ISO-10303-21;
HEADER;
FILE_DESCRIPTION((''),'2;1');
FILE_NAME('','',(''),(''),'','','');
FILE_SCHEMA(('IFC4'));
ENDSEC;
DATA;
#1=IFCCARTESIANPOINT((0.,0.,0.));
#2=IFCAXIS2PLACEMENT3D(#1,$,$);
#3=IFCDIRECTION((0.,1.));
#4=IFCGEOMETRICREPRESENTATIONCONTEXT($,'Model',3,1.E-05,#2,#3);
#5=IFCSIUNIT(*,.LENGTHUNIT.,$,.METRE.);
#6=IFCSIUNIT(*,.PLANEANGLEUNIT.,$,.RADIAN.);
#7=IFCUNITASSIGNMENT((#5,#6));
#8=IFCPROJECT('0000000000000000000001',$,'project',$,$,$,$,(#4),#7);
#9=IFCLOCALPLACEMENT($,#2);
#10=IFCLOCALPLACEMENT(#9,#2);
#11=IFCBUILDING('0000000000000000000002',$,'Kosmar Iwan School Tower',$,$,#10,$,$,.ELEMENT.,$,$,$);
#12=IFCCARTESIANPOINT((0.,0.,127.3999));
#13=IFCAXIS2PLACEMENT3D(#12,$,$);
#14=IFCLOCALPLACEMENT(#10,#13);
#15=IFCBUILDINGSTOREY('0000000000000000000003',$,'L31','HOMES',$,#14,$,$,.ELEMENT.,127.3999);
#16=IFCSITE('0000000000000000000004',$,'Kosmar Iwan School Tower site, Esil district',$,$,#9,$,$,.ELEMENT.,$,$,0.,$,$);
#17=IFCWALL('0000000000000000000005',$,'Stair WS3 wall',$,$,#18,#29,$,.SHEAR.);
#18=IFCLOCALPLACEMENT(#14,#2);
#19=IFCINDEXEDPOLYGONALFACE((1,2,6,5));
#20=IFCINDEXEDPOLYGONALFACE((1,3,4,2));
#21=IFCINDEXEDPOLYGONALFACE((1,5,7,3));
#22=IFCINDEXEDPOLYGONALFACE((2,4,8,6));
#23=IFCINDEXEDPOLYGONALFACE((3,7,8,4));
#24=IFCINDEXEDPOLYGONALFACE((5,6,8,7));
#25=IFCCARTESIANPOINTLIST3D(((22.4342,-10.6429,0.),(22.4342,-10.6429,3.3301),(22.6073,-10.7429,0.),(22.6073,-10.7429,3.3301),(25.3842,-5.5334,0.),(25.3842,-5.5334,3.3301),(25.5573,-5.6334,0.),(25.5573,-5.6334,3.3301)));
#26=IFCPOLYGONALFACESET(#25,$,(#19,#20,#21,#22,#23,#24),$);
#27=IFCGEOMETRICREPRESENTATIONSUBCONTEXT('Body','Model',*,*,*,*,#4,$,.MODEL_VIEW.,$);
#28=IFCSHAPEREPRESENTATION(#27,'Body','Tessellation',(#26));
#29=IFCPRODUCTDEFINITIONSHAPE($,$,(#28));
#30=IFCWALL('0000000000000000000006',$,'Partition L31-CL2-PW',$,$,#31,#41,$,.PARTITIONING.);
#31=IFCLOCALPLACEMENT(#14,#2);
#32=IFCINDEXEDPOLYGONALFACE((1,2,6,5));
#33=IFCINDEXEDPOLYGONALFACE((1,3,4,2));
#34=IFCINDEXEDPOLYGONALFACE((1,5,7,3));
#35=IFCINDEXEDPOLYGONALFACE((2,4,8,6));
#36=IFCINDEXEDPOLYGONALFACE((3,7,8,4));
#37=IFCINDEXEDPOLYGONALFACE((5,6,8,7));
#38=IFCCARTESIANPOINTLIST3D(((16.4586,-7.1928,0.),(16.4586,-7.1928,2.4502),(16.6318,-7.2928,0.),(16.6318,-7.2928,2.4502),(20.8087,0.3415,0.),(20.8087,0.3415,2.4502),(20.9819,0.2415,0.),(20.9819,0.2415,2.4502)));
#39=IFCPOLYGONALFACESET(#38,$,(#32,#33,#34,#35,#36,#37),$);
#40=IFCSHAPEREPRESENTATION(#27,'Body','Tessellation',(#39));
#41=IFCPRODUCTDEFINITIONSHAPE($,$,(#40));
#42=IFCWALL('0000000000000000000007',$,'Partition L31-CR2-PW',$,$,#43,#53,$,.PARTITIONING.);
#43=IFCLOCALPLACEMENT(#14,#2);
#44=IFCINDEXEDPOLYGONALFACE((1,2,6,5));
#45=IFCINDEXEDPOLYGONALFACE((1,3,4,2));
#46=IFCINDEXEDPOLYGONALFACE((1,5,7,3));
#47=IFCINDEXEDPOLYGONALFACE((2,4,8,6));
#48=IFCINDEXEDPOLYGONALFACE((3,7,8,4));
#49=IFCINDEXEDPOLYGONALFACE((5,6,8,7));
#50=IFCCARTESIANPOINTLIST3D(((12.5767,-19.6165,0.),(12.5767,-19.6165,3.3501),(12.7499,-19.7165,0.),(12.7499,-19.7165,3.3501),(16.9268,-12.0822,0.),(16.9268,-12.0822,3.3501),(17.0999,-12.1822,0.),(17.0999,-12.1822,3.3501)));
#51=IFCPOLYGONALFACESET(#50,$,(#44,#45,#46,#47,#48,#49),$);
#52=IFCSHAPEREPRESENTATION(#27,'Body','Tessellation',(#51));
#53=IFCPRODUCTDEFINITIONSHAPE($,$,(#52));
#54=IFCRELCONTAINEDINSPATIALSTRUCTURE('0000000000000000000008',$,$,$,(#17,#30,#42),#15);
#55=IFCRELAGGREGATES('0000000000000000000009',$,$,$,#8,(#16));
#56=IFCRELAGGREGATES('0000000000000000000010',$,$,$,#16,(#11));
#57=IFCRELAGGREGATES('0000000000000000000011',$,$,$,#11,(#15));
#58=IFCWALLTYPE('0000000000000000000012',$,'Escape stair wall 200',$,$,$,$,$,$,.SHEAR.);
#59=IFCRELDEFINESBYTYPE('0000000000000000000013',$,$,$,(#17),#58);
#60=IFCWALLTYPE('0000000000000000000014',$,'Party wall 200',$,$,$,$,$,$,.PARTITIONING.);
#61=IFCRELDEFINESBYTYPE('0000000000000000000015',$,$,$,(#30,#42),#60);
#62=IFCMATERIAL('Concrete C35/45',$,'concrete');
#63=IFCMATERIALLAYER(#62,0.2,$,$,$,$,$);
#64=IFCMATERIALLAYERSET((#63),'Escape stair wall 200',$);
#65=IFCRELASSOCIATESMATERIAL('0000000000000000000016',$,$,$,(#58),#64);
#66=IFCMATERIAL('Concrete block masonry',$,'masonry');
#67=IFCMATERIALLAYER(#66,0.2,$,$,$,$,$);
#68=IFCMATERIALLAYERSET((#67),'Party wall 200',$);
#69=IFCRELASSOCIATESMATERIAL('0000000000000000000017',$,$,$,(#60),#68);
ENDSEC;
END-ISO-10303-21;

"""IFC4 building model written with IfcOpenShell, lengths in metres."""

from ifc_helpers import new_model, si_unit, direction, frame, frame_2d, origin, place, context, subcontext, project, spatial, rectangle, extrude, material, layer, layer_set, type_object, element, save


model = new_model("IFC4")

# Units and contexts
model_context = context("Model", 3, precision=1e-05, world=origin(), true_north=direction((0.0, 1.0)))
body_context = subcontext(model_context, "Body", "Model", "MODEL_VIEW")
ifc_project = project(units=[si_unit("LENGTHUNIT", "METRE"), si_unit("PLANEANGLEUNIT", "RADIAN")], contexts=[model_context])

# Site, building, storey
site_placement = place(None, origin())
site = spatial("IfcSite", under=ifc_project, at=site_placement, Name="Kosmar Iwan School Tower site, Esil district", CompositionType="ELEMENT", RefElevation=0.0)
building_placement = place(site_placement, origin())
building = spatial("IfcBuilding", under=site, at=building_placement, Name="Kosmar Iwan School Tower", CompositionType="ELEMENT")
storey_placement = place(building_placement, frame((0.0, 0.0, 127.3999)))
storey = spatial("IfcBuildingStorey", under=building, at=storey_placement, Name="L31", Description="HOMES", CompositionType="ELEMENT", Elevation=127.3999)

# Walls
ifc_material_1 = material(Name="Concrete C35/45", Category="concrete")
ifc_layer_1 = layer(ifc_material_1, 0.2)
ifc_layer_set_1 = layer_set([ifc_layer_1], Name="Escape stair wall 200")
wall_type_1 = type_object("IfcWallType", Name="Escape stair wall 200", PredefinedType="SHEAR", material=ifc_layer_set_1)
wall_1_placement = place(storey_placement, frame((22.5208, -10.6929, 0.0), z_axis=(0.0, 0.0, 1.0), x_axis=(0.500007, 0.866022, 0.0)))
element("IfcWall", 1, at=wall_1_placement, inside=storey, type_object=wall_type_1, Name="Stair WS3 wall", PredefinedType="SHEAR", context=body_context, shape_type="SweptSolid", body=[
    extrude(rectangle(XDim=5.8999, YDim=0.2, at=frame_2d((2.95, 0.0))), origin(), (0.0, 0.0, 1.0), 3.3301),
])
ifc_material_2 = material(Name="Concrete block masonry", Category="masonry")
ifc_layer_2 = layer(ifc_material_2, 0.2)
ifc_layer_set_2 = layer_set([ifc_layer_2], Name="Party wall 200")
wall_type_2 = type_object("IfcWallType", Name="Party wall 200", PredefinedType="PARTITIONING", material=ifc_layer_set_2)
wall_2_placement = place(storey_placement, frame((16.5452, -7.2429, 0.0), z_axis=(0.0, 0.0, 1.0), x_axis=(0.500008, 0.866021, 0.0)))
element("IfcWall", 2, at=wall_2_placement, inside=storey, type_object=wall_type_2, Name="Partition L31-CL2-PW", PredefinedType="PARTITIONING", context=body_context, shape_type="SweptSolid", body=[
    extrude(rectangle(XDim=8.7, YDim=0.2, at=frame_2d((4.3501, 0.0))), origin(), (0.0, 0.0, 1.0), 2.4502),
])
wall_3_placement = place(storey_placement, frame((17.0134, -12.1321, 0.0), z_axis=(0.0, 0.0, 1.0), x_axis=(-0.500008, -0.866021, 0.0)))
element("IfcWall", 3, at=wall_3_placement, inside=storey, type_object=wall_type_2, Name="Partition L31-CR2-PW", PredefinedType="PARTITIONING", context=body_context, shape_type="SweptSolid", body=[
    extrude(rectangle(XDim=8.7, YDim=0.2, at=frame_2d((4.3501, 0.0))), origin(), (0.0, 0.0, 1.0), 3.3501),
])

save(model, "model.ifc")
